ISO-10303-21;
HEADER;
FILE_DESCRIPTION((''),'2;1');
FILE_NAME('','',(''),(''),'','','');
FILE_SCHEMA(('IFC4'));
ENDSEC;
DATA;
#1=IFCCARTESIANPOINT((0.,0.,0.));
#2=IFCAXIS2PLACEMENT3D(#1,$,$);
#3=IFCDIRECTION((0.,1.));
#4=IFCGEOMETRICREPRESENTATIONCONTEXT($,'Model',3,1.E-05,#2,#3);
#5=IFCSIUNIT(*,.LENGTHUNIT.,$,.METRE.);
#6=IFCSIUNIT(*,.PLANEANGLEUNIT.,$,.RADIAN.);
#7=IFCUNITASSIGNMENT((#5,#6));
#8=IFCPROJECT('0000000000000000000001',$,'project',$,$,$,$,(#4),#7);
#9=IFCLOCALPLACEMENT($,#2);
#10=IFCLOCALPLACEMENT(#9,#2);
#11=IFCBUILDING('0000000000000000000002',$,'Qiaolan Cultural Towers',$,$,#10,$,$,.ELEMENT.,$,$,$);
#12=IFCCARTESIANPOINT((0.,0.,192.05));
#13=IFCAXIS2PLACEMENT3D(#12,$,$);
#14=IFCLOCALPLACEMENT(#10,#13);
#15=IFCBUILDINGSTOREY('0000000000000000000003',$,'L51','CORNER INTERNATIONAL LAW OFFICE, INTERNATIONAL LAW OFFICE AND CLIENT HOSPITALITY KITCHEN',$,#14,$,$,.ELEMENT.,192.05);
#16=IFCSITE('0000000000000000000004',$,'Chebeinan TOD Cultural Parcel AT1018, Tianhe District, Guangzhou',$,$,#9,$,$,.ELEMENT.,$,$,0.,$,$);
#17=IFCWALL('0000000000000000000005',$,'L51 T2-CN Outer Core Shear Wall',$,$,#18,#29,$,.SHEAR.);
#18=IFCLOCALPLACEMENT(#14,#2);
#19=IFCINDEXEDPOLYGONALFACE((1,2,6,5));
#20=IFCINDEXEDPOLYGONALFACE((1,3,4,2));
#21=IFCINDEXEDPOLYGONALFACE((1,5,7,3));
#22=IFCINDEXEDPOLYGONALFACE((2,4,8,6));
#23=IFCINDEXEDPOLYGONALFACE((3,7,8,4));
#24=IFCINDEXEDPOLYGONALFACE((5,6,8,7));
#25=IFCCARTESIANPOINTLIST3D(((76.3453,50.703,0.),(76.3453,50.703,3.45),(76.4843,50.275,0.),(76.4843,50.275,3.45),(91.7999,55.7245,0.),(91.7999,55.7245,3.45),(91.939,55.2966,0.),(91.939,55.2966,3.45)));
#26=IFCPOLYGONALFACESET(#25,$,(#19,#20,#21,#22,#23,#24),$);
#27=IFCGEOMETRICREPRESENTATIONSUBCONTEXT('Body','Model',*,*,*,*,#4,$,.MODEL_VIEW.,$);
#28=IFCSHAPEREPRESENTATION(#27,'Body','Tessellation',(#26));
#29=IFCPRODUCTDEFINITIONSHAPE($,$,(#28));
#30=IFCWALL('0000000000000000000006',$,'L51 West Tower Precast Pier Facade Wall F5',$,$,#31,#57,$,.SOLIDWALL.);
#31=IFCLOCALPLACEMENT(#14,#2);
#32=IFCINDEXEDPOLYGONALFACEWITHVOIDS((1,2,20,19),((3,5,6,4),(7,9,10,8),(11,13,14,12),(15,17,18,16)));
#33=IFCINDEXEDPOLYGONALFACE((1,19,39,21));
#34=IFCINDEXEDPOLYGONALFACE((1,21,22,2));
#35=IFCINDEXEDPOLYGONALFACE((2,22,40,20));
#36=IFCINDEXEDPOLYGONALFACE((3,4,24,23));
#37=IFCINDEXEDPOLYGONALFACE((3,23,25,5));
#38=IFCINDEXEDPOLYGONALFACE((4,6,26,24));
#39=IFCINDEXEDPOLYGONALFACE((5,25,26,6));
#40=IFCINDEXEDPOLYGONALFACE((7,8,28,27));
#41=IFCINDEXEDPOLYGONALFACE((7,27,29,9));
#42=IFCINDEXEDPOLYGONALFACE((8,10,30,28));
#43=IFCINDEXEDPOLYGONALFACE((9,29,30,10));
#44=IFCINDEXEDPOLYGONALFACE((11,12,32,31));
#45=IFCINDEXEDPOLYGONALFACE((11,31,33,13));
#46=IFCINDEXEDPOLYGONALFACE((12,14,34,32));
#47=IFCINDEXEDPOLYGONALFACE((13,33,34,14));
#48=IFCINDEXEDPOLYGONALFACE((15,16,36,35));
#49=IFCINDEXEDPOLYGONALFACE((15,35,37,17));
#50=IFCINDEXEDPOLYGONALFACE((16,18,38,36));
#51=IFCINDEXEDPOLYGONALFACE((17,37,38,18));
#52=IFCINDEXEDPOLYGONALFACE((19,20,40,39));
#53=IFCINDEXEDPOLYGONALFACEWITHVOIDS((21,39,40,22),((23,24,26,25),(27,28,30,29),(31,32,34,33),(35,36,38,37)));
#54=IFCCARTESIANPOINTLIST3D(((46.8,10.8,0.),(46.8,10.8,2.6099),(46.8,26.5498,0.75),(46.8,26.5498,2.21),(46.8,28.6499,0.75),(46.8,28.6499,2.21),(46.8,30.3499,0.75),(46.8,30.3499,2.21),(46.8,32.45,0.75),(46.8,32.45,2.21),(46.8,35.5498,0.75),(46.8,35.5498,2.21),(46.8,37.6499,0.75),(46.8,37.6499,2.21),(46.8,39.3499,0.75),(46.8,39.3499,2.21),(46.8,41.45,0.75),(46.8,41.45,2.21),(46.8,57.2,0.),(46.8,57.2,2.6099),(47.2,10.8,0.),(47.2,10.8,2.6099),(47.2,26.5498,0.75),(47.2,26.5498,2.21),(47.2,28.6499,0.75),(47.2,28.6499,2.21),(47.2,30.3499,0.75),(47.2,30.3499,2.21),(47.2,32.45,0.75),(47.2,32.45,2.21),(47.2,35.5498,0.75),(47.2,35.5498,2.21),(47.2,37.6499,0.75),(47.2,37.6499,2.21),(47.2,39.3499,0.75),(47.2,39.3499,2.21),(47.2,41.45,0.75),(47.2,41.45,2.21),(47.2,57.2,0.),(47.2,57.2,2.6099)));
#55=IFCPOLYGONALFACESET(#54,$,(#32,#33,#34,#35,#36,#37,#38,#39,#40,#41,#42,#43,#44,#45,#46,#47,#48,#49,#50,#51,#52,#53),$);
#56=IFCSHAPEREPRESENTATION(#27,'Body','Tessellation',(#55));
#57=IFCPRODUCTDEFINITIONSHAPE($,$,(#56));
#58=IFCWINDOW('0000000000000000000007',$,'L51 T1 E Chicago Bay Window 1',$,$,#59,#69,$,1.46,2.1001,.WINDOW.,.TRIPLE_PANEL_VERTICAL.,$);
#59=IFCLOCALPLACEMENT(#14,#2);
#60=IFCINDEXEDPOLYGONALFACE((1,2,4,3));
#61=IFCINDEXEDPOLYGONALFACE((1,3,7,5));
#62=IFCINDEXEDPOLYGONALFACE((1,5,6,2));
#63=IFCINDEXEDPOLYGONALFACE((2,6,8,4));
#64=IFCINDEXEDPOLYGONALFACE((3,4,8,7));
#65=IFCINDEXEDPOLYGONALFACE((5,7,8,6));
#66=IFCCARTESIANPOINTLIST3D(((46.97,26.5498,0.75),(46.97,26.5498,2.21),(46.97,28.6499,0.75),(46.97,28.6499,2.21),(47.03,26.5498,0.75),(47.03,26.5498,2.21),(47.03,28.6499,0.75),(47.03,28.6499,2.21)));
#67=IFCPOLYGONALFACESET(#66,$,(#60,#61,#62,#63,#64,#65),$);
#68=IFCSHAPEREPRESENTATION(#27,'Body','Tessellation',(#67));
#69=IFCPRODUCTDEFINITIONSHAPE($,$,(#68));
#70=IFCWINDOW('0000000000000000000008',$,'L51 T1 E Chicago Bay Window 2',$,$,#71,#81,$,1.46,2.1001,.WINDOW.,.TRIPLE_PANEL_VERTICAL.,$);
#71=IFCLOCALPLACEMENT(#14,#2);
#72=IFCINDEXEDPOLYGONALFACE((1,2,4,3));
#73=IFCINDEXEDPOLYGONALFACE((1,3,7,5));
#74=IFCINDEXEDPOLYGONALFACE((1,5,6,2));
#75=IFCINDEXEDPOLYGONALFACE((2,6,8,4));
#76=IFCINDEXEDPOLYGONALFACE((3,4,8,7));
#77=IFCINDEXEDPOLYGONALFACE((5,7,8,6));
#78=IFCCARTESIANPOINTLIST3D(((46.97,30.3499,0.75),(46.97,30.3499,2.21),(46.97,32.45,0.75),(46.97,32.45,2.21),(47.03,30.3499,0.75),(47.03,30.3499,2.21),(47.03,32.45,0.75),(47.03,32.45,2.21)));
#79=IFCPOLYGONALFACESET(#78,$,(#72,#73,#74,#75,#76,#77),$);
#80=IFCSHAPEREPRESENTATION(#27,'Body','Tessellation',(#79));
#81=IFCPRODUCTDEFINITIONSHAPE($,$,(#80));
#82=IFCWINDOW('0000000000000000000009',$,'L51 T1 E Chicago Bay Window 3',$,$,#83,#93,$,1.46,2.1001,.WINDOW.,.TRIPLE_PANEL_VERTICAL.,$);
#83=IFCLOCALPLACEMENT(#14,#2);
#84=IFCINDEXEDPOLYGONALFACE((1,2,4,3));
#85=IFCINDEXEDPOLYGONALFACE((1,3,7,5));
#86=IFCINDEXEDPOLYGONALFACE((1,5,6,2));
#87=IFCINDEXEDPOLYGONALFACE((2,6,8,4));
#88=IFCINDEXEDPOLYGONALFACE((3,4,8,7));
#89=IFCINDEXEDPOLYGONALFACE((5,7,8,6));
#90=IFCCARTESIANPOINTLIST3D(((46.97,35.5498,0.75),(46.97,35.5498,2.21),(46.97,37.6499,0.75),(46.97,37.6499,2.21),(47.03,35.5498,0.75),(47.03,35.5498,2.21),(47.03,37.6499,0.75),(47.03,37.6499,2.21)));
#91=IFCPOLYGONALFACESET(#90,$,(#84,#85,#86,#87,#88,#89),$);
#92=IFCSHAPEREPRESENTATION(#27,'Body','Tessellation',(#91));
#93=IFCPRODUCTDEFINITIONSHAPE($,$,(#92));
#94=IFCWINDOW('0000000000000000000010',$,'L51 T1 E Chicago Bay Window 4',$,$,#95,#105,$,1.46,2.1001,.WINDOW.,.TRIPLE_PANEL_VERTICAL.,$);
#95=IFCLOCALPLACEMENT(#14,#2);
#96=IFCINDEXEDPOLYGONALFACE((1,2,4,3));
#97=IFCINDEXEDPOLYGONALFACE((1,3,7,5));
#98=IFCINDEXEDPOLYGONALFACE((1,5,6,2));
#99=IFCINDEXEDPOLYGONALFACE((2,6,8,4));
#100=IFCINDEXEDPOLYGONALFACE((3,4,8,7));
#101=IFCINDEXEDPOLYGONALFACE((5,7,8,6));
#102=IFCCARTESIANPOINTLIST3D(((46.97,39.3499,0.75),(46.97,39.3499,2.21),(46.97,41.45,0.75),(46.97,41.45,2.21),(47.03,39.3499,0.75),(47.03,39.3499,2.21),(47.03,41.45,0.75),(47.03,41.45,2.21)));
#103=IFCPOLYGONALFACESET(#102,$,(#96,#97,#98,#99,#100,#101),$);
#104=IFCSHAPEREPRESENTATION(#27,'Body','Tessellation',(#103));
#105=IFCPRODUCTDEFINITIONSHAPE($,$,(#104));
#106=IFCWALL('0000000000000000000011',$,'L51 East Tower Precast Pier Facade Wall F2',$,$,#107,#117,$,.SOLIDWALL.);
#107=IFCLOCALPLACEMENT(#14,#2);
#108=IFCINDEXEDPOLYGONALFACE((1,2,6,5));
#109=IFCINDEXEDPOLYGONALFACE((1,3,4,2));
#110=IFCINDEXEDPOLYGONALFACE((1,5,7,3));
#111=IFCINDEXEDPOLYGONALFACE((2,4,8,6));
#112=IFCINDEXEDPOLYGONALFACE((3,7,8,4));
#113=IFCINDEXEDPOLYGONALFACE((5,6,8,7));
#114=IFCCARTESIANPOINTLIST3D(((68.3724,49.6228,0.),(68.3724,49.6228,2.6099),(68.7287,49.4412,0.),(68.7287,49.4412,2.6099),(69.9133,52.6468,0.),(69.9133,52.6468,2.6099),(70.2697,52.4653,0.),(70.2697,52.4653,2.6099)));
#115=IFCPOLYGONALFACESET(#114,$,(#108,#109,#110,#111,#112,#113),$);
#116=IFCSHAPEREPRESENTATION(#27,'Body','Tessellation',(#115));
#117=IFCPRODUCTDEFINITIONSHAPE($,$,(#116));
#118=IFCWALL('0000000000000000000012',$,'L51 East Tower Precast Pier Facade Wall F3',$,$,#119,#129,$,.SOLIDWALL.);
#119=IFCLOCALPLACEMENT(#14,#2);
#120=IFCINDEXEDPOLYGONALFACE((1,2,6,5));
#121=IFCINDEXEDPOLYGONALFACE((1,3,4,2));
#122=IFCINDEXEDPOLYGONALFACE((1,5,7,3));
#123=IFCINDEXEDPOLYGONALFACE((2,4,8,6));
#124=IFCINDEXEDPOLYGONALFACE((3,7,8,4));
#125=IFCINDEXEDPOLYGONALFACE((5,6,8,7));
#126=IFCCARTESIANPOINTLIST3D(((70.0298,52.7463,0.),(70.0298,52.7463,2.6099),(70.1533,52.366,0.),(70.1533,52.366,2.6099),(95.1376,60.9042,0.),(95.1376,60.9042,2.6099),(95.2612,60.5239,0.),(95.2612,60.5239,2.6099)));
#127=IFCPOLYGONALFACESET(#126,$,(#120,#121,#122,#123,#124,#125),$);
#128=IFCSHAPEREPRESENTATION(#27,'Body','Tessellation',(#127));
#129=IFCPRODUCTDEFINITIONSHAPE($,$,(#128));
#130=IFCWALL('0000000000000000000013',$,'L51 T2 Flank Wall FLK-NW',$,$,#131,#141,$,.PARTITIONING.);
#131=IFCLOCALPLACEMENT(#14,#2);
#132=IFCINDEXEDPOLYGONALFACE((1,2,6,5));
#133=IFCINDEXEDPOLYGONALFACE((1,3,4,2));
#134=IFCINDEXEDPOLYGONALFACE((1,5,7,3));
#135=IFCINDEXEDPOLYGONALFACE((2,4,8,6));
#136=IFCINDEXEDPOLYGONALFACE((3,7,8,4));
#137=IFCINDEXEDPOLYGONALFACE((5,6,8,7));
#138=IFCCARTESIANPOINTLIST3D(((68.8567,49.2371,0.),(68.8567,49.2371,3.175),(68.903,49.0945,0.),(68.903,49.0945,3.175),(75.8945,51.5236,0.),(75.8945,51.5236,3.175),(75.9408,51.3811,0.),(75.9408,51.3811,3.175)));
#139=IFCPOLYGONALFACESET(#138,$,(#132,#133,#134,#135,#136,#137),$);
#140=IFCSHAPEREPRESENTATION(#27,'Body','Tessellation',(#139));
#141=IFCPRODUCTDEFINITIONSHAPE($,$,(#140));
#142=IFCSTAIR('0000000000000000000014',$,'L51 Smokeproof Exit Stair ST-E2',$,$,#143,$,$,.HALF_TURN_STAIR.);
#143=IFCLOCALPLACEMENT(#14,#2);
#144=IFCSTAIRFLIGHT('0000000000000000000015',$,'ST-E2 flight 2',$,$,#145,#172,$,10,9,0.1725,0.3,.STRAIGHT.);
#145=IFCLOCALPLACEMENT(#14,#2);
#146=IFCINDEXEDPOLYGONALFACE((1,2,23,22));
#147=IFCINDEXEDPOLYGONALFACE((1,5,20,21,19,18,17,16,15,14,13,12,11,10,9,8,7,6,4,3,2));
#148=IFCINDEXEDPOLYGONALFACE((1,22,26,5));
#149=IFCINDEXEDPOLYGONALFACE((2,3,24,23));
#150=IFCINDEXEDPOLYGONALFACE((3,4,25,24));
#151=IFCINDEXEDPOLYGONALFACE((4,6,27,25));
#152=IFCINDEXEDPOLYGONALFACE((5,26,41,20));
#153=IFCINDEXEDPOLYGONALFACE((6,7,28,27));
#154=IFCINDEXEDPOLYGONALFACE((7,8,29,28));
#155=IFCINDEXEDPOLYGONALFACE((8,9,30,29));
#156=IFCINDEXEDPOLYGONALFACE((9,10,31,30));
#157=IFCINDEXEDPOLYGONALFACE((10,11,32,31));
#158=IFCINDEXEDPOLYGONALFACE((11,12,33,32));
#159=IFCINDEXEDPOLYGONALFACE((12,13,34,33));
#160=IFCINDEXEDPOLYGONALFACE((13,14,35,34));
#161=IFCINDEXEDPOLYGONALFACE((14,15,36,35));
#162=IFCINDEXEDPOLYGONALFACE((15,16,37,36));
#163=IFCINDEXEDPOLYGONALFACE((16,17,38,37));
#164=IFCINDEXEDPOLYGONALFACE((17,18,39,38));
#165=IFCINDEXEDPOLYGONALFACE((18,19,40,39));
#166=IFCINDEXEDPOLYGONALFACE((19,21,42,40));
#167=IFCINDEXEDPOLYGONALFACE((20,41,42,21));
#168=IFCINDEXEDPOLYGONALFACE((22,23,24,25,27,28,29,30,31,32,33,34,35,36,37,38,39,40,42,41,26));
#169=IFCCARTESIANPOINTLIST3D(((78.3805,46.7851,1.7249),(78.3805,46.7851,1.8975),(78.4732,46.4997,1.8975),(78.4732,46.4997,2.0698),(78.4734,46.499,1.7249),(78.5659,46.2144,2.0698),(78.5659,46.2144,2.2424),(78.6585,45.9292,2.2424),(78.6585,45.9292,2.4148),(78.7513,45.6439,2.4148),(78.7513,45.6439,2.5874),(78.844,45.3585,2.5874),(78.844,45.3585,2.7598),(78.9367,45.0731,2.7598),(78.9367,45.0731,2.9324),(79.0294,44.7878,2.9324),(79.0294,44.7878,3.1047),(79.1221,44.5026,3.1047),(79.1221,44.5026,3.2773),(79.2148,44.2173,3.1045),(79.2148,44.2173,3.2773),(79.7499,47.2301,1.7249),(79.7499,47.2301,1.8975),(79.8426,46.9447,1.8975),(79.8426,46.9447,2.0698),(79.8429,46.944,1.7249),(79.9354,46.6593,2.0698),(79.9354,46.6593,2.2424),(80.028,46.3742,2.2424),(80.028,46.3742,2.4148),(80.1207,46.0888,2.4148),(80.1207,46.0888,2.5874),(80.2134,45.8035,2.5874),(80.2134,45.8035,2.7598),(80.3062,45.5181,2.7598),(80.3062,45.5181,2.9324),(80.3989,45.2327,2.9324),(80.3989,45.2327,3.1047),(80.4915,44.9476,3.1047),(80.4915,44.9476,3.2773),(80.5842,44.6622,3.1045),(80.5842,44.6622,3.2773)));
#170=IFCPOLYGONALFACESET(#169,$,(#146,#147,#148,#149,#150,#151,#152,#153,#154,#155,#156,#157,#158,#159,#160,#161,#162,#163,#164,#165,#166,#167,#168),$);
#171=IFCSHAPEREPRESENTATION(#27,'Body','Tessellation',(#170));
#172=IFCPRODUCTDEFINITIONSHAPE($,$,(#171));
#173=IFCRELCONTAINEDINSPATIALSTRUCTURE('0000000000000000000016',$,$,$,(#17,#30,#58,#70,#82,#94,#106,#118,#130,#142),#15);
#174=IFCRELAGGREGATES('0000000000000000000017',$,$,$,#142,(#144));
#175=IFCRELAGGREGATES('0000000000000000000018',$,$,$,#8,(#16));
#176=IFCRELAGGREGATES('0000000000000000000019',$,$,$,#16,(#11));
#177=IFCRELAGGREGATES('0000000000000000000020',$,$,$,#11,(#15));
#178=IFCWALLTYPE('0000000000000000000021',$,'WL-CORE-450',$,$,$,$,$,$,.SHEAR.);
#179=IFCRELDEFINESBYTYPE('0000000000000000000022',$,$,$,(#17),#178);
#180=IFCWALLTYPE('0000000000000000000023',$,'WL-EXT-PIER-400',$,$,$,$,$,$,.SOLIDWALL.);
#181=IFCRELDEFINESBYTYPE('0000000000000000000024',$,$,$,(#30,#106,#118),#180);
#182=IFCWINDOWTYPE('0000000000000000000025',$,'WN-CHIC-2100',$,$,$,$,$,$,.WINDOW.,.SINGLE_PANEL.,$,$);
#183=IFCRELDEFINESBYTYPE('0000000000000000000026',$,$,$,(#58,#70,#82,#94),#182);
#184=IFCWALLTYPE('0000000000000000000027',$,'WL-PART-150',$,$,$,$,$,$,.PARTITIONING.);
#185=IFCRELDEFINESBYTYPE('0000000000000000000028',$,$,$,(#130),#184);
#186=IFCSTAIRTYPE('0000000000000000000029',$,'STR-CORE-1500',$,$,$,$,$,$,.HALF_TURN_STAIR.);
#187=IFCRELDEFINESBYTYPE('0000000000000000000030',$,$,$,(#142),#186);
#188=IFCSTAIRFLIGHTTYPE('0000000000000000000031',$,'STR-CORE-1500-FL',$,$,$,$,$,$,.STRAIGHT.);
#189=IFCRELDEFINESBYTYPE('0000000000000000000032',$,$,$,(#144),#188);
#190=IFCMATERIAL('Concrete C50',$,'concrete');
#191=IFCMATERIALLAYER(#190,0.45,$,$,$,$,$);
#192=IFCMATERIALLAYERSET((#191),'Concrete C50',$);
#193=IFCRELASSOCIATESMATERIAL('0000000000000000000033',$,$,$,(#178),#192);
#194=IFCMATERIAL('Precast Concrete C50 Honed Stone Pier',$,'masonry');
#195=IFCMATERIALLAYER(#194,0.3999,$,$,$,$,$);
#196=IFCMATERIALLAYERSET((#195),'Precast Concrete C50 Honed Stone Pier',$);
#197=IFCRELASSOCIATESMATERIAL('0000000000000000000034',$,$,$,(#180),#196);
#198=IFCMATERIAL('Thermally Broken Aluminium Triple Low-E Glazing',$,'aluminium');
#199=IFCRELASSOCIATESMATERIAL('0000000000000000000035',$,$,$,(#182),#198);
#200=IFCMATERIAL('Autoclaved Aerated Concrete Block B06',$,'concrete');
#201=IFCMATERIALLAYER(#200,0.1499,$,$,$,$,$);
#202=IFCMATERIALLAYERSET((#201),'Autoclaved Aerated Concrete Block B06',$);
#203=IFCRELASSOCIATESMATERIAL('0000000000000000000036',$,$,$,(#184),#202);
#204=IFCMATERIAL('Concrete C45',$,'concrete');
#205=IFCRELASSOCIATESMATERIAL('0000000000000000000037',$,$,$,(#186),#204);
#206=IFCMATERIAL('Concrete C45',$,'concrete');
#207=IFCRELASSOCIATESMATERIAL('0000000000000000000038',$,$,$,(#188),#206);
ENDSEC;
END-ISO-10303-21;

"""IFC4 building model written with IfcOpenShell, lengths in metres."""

from ifc_helpers import new_model, si_unit, direction, frame, frame_2d, origin, place, context, subcontext, project, spatial, polyline, rectangle, outline, extrude, material, layer, layer_set, type_object, element, fill, aggregate, save


model = new_model("IFC4")

# Units and contexts
model_context = context("Model", 3, precision=1e-05, world=origin(), true_north=direction((0.0, 1.0)))
body_context = subcontext(model_context, "Body", "Model", "MODEL_VIEW")
ifc_project = project(units=[si_unit("LENGTHUNIT", "METRE"), si_unit("PLANEANGLEUNIT", "RADIAN")], contexts=[model_context])

# Site, building, storey
site_placement = place(None, origin())
site = spatial("IfcSite", under=ifc_project, at=site_placement, Name="Chebeinan TOD Cultural Parcel AT1018, Tianhe District, Guangzhou", CompositionType="ELEMENT", RefElevation=0.0)
building_placement = place(site_placement, origin())
building = spatial("IfcBuilding", under=site, at=building_placement, Name="Qiaolan Cultural Towers", CompositionType="ELEMENT")
storey_placement = place(building_placement, frame((0.0, 0.0, 192.05)))
storey = spatial("IfcBuildingStorey", under=building, at=storey_placement, Name="L51", Description="CORNER INTERNATIONAL LAW OFFICE, INTERNATIONAL LAW OFFICE AND CLIENT HOSPITALITY KITCHEN", CompositionType="ELEMENT", Elevation=192.05)

# Wall
ifc_material_1 = material(Name="Concrete C50", Category="concrete")
ifc_layer_1 = layer(ifc_material_1, 0.45)
ifc_layer_set_1 = layer_set([ifc_layer_1], Name="Concrete C50")
wall_type_1 = type_object("IfcWallType", Name="WL-CORE-450", PredefinedType="SHEAR", material=ifc_layer_set_1)
wall_1_placement = place(storey_placement, frame((76.4148, 50.489, 0.0), z_axis=(0.0, 0.0, 1.0), x_axis=(0.951057, 0.309016, 0.0)))
element("IfcWall", 1, at=wall_1_placement, inside=storey, type_object=wall_type_1, Name="L51 T2-CN Outer Core Shear Wall", PredefinedType="SHEAR", context=body_context, shape_type="SweptSolid", body=[
    extrude(rectangle(XDim=16.25, YDim=0.45, at=frame_2d((8.125, 0.0))), origin(), (0.0, 0.0, 1.0), 3.45),
])

# Wall, openings, windows
ifc_material_2 = material(Name="Precast Concrete C50 Honed Stone Pier", Category="masonry")
ifc_layer_2 = layer(ifc_material_2, 0.3999)
ifc_layer_set_2 = layer_set([ifc_layer_2], Name="Precast Concrete C50 Honed Stone Pier")
wall_type_2 = type_object("IfcWallType", Name="WL-EXT-PIER-400", PredefinedType="SOLIDWALL", material=ifc_layer_set_2)
wall_2_placement = place(storey_placement, frame((47.0, 57.2, 0.0), z_axis=(0.0, 0.0, 1.0), x_axis=(0.0, -1.0, 0.0)))
wall_2 = element("IfcWall", 2, at=wall_2_placement, inside=storey, type_object=wall_type_2, Name="L51 West Tower Precast Pier Facade Wall F5", PredefinedType="SOLIDWALL", context=body_context, shape_type="SweptSolid", body=[
    extrude(rectangle(XDim=46.3999, YDim=0.3999, at=frame_2d((23.2, 0.0))), origin(), (0.0, 0.0, 1.0), 2.6099),
])
opening_1_placement = place(wall_2_placement, frame((28.55, 0.0, 0.75)))
opening_1 = element("IfcOpeningElement", 3, at=opening_1_placement, cuts=wall_2, PredefinedType="OPENING", context=body_context, shape_type="SweptSolid", body=[
    extrude(rectangle(XDim=2.1001, YDim=1.46, at=frame_2d((1.05, 0.73))), frame((0.0, 0.21, 0.0), z_axis=(0.0, -1.0, 0.0), x_axis=(1.0, 0.0, 0.0)), (0.0, 0.0, 1.0), 0.4199),
])
opening_2_placement = place(wall_2_placement, frame((24.75, 0.0, 0.75)))
opening_2 = element("IfcOpeningElement", 4, at=opening_2_placement, cuts=wall_2, PredefinedType="OPENING", context=body_context, shape_type="SweptSolid", body=[
    extrude(rectangle(XDim=2.1001, YDim=1.46, at=frame_2d((1.05, 0.73))), frame((0.0, 0.21, 0.0), z_axis=(0.0, -1.0, 0.0), x_axis=(1.0, 0.0, 0.0)), (0.0, 0.0, 1.0), 0.4199),
])
opening_3_placement = place(wall_2_placement, frame((19.55, 0.0, 0.75)))
opening_3 = element("IfcOpeningElement", 5, at=opening_3_placement, cuts=wall_2, PredefinedType="OPENING", context=body_context, shape_type="SweptSolid", body=[
    extrude(rectangle(XDim=2.1001, YDim=1.46, at=frame_2d((1.05, 0.73))), frame((0.0, 0.21, 0.0), z_axis=(0.0, -1.0, 0.0), x_axis=(1.0, 0.0, 0.0)), (0.0, 0.0, 1.0), 0.4199),
])
opening_4_placement = place(wall_2_placement, frame((15.75, 0.0, 0.75)))
opening_4 = element("IfcOpeningElement", 6, at=opening_4_placement, cuts=wall_2, PredefinedType="OPENING", context=body_context, shape_type="SweptSolid", body=[
    extrude(rectangle(XDim=2.1001, YDim=1.46, at=frame_2d((1.05, 0.73))), frame((0.0, 0.21, 0.0), z_axis=(0.0, -1.0, 0.0), x_axis=(1.0, 0.0, 0.0)), (0.0, 0.0, 1.0), 0.4199),
])
ifc_material_3 = material(Name="Thermally Broken Aluminium Triple Low-E Glazing", Category="aluminium")
window_type = type_object("IfcWindowType", Name="WN-CHIC-2100", PartitioningType="SINGLE_PANEL", PredefinedType="WINDOW", material=ifc_material_3)
window_1_placement = place(opening_1_placement, origin())
window_1 = element("IfcWindow", 7, at=window_1_placement, inside=storey, type_object=window_type, Name="L51 T1 E Chicago Bay Window 1", OverallHeight=1.46, OverallWidth=2.1001, PartitioningType="TRIPLE_PANEL_VERTICAL", PredefinedType="WINDOW", context=body_context, shape_type="SweptSolid", body=[
    extrude(rectangle(XDim=2.1001, YDim=1.46, at=frame_2d((1.05, 0.73))), frame((0.0, 0.03, 0.0), z_axis=(0.0, -1.0, 0.0), x_axis=(1.0, 0.0, 0.0)), (0.0, 0.0, 1.0), 0.0601),
])
fill(opening_1, window_1)
window_2_placement = place(opening_2_placement, origin())
window_2 = element("IfcWindow", 8, at=window_2_placement, inside=storey, type_object=window_type, Name="L51 T1 E Chicago Bay Window 2", OverallHeight=1.46, OverallWidth=2.1001, PartitioningType="TRIPLE_PANEL_VERTICAL", PredefinedType="WINDOW", context=body_context, shape_type="SweptSolid", body=[
    extrude(rectangle(XDim=2.1001, YDim=1.46, at=frame_2d((1.05, 0.73))), frame((0.0, 0.03, 0.0), z_axis=(0.0, -1.0, 0.0), x_axis=(1.0, 0.0, 0.0)), (0.0, 0.0, 1.0), 0.0601),
])
fill(opening_2, window_2)
window_3_placement = place(opening_3_placement, origin())
window_3 = element("IfcWindow", 9, at=window_3_placement, inside=storey, type_object=window_type, Name="L51 T1 E Chicago Bay Window 3", OverallHeight=1.46, OverallWidth=2.1001, PartitioningType="TRIPLE_PANEL_VERTICAL", PredefinedType="WINDOW", context=body_context, shape_type="SweptSolid", body=[
    extrude(rectangle(XDim=2.1001, YDim=1.46, at=frame_2d((1.05, 0.73))), frame((0.0, 0.03, 0.0), z_axis=(0.0, -1.0, 0.0), x_axis=(1.0, 0.0, 0.0)), (0.0, 0.0, 1.0), 0.0601),
])
fill(opening_3, window_3)
window_4_placement = place(opening_4_placement, origin())
window_4 = element("IfcWindow", 10, at=window_4_placement, inside=storey, type_object=window_type, Name="L51 T1 E Chicago Bay Window 4", OverallHeight=1.46, OverallWidth=2.1001, PartitioningType="TRIPLE_PANEL_VERTICAL", PredefinedType="WINDOW", context=body_context, shape_type="SweptSolid", body=[
    extrude(rectangle(XDim=2.1001, YDim=1.46, at=frame_2d((1.05, 0.73))), frame((0.0, 0.03, 0.0), z_axis=(0.0, -1.0, 0.0), x_axis=(1.0, 0.0, 0.0)), (0.0, 0.0, 1.0), 0.0601),
])
fill(opening_4, window_4)

# Walls
wall_3_placement = place(storey_placement, frame((68.5505, 49.532, 0.0), z_axis=(0.0, 0.0, 1.0), x_axis=(0.45402, 0.890992, 0.0)))
element("IfcWall", 11, at=wall_3_placement, inside=storey, type_object=wall_type_2, Name="L51 East Tower Precast Pier Facade Wall F2", PredefinedType="SOLIDWALL", context=body_context, shape_type="SweptSolid", body=[
    extrude(rectangle(XDim=3.394, YDim=0.3999, at=frame_2d((1.697, 0.0))), origin(), (0.0, 0.0, 1.0), 2.6099),
])
wall_4_placement = place(storey_placement, frame((70.0916, 52.5562, 0.0), z_axis=(0.0, 0.0, 1.0), x_axis=(0.951058, 0.309014, 0.0)))
element("IfcWall", 12, at=wall_4_placement, inside=storey, type_object=wall_type_2, Name="L51 East Tower Precast Pier Facade Wall F3", PredefinedType="SOLIDWALL", context=body_context, shape_type="SweptSolid", body=[
    extrude(rectangle(XDim=26.3999, YDim=0.3999, at=frame_2d((13.2, 0.0))), origin(), (0.0, 0.0, 1.0), 2.6099),
])
ifc_material_4 = material(Name="Autoclaved Aerated Concrete Block B06", Category="concrete")
ifc_layer_3 = layer(ifc_material_4, 0.1499)
ifc_layer_set_3 = layer_set([ifc_layer_3], Name="Autoclaved Aerated Concrete Block B06")
wall_type_3 = type_object("IfcWallType", Name="WL-PART-150", PredefinedType="PARTITIONING", material=ifc_layer_set_3)
wall_5_placement = place(storey_placement, frame((68.8799, 49.1658, 0.0), z_axis=(0.0, 0.0, 1.0), x_axis=(0.951061, 0.309003, 0.0)))
element("IfcWall", 13, at=wall_5_placement, inside=storey, type_object=wall_type_3, Name="L51 T2 Flank Wall FLK-NW", PredefinedType="PARTITIONING", context=body_context, shape_type="SweptSolid", body=[
    extrude(rectangle(XDim=7.3999, YDim=0.1499, at=frame_2d((3.7, 0.0))), origin(), (0.0, 0.0, 1.0), 3.175),
])

# Stair, stair flight
ifc_material_5 = material(Name="Concrete C45", Category="concrete")
stair_type = type_object("IfcStairType", Name="STR-CORE-1500", PredefinedType="HALF_TURN_STAIR", material=ifc_material_5)
stair_placement = place(storey_placement, origin())
stair = element("IfcStair", 14, at=stair_placement, inside=storey, type_object=stair_type, Name="L51 Smokeproof Exit Stair ST-E2", PredefinedType="HALF_TURN_STAIR")
ifc_material_6 = material(Name="Concrete C45", Category="concrete")
stair_flight_type = type_object("IfcStairFlightType", Name="STR-CORE-1500-FL", PredefinedType="STRAIGHT", material=ifc_material_6)
stair_flight_placement = place(storey_placement, frame((79.0652, 47.0076, 1.7249), z_axis=(0.0, 0.0, 1.0), x_axis=(0.309017, -0.951057, 0.0)))
stair_flight = element("IfcStairFlight", 15, at=stair_flight_placement, type_object=stair_flight_type, Name="ST-E2 flight 2", NumberOfRisers=10, NumberOfTreads=9, PredefinedType="STRAIGHT", RiserHeight=0.1725, TreadLength=0.3, context=body_context, shape_type="SweptSolid", body=[
    extrude(outline(polyline([(0.0, 0.0), (0.0, 0.1726), (0.3, 0.1726), (0.3, 0.345), (0.6001, 0.345), (0.6001, 0.5176), (0.8999, 0.5176), (0.8999, 0.6899), (1.2, 0.6899), (1.2, 0.8625), (1.5, 0.8625), (1.5, 1.0349), (1.8, 1.0349), (1.8, 1.2075), (2.1001, 1.2075), (2.1001, 1.3799), (2.3999, 1.3799), (2.3999, 1.5525), (2.7, 1.5525), (2.7, 1.7251), (2.7, 1.3796), (0.3008, 0.0), (0.0, 0.0)])), frame((0.0, 0.72, 0.0), z_axis=(0.0, -1.0, 0.0), x_axis=(1.0, 0.0, 0.0)), (0.0, 0.0, 1.0), 1.4399),
])
aggregate(stair, [stair_flight])

save(model, "model.ifc")
